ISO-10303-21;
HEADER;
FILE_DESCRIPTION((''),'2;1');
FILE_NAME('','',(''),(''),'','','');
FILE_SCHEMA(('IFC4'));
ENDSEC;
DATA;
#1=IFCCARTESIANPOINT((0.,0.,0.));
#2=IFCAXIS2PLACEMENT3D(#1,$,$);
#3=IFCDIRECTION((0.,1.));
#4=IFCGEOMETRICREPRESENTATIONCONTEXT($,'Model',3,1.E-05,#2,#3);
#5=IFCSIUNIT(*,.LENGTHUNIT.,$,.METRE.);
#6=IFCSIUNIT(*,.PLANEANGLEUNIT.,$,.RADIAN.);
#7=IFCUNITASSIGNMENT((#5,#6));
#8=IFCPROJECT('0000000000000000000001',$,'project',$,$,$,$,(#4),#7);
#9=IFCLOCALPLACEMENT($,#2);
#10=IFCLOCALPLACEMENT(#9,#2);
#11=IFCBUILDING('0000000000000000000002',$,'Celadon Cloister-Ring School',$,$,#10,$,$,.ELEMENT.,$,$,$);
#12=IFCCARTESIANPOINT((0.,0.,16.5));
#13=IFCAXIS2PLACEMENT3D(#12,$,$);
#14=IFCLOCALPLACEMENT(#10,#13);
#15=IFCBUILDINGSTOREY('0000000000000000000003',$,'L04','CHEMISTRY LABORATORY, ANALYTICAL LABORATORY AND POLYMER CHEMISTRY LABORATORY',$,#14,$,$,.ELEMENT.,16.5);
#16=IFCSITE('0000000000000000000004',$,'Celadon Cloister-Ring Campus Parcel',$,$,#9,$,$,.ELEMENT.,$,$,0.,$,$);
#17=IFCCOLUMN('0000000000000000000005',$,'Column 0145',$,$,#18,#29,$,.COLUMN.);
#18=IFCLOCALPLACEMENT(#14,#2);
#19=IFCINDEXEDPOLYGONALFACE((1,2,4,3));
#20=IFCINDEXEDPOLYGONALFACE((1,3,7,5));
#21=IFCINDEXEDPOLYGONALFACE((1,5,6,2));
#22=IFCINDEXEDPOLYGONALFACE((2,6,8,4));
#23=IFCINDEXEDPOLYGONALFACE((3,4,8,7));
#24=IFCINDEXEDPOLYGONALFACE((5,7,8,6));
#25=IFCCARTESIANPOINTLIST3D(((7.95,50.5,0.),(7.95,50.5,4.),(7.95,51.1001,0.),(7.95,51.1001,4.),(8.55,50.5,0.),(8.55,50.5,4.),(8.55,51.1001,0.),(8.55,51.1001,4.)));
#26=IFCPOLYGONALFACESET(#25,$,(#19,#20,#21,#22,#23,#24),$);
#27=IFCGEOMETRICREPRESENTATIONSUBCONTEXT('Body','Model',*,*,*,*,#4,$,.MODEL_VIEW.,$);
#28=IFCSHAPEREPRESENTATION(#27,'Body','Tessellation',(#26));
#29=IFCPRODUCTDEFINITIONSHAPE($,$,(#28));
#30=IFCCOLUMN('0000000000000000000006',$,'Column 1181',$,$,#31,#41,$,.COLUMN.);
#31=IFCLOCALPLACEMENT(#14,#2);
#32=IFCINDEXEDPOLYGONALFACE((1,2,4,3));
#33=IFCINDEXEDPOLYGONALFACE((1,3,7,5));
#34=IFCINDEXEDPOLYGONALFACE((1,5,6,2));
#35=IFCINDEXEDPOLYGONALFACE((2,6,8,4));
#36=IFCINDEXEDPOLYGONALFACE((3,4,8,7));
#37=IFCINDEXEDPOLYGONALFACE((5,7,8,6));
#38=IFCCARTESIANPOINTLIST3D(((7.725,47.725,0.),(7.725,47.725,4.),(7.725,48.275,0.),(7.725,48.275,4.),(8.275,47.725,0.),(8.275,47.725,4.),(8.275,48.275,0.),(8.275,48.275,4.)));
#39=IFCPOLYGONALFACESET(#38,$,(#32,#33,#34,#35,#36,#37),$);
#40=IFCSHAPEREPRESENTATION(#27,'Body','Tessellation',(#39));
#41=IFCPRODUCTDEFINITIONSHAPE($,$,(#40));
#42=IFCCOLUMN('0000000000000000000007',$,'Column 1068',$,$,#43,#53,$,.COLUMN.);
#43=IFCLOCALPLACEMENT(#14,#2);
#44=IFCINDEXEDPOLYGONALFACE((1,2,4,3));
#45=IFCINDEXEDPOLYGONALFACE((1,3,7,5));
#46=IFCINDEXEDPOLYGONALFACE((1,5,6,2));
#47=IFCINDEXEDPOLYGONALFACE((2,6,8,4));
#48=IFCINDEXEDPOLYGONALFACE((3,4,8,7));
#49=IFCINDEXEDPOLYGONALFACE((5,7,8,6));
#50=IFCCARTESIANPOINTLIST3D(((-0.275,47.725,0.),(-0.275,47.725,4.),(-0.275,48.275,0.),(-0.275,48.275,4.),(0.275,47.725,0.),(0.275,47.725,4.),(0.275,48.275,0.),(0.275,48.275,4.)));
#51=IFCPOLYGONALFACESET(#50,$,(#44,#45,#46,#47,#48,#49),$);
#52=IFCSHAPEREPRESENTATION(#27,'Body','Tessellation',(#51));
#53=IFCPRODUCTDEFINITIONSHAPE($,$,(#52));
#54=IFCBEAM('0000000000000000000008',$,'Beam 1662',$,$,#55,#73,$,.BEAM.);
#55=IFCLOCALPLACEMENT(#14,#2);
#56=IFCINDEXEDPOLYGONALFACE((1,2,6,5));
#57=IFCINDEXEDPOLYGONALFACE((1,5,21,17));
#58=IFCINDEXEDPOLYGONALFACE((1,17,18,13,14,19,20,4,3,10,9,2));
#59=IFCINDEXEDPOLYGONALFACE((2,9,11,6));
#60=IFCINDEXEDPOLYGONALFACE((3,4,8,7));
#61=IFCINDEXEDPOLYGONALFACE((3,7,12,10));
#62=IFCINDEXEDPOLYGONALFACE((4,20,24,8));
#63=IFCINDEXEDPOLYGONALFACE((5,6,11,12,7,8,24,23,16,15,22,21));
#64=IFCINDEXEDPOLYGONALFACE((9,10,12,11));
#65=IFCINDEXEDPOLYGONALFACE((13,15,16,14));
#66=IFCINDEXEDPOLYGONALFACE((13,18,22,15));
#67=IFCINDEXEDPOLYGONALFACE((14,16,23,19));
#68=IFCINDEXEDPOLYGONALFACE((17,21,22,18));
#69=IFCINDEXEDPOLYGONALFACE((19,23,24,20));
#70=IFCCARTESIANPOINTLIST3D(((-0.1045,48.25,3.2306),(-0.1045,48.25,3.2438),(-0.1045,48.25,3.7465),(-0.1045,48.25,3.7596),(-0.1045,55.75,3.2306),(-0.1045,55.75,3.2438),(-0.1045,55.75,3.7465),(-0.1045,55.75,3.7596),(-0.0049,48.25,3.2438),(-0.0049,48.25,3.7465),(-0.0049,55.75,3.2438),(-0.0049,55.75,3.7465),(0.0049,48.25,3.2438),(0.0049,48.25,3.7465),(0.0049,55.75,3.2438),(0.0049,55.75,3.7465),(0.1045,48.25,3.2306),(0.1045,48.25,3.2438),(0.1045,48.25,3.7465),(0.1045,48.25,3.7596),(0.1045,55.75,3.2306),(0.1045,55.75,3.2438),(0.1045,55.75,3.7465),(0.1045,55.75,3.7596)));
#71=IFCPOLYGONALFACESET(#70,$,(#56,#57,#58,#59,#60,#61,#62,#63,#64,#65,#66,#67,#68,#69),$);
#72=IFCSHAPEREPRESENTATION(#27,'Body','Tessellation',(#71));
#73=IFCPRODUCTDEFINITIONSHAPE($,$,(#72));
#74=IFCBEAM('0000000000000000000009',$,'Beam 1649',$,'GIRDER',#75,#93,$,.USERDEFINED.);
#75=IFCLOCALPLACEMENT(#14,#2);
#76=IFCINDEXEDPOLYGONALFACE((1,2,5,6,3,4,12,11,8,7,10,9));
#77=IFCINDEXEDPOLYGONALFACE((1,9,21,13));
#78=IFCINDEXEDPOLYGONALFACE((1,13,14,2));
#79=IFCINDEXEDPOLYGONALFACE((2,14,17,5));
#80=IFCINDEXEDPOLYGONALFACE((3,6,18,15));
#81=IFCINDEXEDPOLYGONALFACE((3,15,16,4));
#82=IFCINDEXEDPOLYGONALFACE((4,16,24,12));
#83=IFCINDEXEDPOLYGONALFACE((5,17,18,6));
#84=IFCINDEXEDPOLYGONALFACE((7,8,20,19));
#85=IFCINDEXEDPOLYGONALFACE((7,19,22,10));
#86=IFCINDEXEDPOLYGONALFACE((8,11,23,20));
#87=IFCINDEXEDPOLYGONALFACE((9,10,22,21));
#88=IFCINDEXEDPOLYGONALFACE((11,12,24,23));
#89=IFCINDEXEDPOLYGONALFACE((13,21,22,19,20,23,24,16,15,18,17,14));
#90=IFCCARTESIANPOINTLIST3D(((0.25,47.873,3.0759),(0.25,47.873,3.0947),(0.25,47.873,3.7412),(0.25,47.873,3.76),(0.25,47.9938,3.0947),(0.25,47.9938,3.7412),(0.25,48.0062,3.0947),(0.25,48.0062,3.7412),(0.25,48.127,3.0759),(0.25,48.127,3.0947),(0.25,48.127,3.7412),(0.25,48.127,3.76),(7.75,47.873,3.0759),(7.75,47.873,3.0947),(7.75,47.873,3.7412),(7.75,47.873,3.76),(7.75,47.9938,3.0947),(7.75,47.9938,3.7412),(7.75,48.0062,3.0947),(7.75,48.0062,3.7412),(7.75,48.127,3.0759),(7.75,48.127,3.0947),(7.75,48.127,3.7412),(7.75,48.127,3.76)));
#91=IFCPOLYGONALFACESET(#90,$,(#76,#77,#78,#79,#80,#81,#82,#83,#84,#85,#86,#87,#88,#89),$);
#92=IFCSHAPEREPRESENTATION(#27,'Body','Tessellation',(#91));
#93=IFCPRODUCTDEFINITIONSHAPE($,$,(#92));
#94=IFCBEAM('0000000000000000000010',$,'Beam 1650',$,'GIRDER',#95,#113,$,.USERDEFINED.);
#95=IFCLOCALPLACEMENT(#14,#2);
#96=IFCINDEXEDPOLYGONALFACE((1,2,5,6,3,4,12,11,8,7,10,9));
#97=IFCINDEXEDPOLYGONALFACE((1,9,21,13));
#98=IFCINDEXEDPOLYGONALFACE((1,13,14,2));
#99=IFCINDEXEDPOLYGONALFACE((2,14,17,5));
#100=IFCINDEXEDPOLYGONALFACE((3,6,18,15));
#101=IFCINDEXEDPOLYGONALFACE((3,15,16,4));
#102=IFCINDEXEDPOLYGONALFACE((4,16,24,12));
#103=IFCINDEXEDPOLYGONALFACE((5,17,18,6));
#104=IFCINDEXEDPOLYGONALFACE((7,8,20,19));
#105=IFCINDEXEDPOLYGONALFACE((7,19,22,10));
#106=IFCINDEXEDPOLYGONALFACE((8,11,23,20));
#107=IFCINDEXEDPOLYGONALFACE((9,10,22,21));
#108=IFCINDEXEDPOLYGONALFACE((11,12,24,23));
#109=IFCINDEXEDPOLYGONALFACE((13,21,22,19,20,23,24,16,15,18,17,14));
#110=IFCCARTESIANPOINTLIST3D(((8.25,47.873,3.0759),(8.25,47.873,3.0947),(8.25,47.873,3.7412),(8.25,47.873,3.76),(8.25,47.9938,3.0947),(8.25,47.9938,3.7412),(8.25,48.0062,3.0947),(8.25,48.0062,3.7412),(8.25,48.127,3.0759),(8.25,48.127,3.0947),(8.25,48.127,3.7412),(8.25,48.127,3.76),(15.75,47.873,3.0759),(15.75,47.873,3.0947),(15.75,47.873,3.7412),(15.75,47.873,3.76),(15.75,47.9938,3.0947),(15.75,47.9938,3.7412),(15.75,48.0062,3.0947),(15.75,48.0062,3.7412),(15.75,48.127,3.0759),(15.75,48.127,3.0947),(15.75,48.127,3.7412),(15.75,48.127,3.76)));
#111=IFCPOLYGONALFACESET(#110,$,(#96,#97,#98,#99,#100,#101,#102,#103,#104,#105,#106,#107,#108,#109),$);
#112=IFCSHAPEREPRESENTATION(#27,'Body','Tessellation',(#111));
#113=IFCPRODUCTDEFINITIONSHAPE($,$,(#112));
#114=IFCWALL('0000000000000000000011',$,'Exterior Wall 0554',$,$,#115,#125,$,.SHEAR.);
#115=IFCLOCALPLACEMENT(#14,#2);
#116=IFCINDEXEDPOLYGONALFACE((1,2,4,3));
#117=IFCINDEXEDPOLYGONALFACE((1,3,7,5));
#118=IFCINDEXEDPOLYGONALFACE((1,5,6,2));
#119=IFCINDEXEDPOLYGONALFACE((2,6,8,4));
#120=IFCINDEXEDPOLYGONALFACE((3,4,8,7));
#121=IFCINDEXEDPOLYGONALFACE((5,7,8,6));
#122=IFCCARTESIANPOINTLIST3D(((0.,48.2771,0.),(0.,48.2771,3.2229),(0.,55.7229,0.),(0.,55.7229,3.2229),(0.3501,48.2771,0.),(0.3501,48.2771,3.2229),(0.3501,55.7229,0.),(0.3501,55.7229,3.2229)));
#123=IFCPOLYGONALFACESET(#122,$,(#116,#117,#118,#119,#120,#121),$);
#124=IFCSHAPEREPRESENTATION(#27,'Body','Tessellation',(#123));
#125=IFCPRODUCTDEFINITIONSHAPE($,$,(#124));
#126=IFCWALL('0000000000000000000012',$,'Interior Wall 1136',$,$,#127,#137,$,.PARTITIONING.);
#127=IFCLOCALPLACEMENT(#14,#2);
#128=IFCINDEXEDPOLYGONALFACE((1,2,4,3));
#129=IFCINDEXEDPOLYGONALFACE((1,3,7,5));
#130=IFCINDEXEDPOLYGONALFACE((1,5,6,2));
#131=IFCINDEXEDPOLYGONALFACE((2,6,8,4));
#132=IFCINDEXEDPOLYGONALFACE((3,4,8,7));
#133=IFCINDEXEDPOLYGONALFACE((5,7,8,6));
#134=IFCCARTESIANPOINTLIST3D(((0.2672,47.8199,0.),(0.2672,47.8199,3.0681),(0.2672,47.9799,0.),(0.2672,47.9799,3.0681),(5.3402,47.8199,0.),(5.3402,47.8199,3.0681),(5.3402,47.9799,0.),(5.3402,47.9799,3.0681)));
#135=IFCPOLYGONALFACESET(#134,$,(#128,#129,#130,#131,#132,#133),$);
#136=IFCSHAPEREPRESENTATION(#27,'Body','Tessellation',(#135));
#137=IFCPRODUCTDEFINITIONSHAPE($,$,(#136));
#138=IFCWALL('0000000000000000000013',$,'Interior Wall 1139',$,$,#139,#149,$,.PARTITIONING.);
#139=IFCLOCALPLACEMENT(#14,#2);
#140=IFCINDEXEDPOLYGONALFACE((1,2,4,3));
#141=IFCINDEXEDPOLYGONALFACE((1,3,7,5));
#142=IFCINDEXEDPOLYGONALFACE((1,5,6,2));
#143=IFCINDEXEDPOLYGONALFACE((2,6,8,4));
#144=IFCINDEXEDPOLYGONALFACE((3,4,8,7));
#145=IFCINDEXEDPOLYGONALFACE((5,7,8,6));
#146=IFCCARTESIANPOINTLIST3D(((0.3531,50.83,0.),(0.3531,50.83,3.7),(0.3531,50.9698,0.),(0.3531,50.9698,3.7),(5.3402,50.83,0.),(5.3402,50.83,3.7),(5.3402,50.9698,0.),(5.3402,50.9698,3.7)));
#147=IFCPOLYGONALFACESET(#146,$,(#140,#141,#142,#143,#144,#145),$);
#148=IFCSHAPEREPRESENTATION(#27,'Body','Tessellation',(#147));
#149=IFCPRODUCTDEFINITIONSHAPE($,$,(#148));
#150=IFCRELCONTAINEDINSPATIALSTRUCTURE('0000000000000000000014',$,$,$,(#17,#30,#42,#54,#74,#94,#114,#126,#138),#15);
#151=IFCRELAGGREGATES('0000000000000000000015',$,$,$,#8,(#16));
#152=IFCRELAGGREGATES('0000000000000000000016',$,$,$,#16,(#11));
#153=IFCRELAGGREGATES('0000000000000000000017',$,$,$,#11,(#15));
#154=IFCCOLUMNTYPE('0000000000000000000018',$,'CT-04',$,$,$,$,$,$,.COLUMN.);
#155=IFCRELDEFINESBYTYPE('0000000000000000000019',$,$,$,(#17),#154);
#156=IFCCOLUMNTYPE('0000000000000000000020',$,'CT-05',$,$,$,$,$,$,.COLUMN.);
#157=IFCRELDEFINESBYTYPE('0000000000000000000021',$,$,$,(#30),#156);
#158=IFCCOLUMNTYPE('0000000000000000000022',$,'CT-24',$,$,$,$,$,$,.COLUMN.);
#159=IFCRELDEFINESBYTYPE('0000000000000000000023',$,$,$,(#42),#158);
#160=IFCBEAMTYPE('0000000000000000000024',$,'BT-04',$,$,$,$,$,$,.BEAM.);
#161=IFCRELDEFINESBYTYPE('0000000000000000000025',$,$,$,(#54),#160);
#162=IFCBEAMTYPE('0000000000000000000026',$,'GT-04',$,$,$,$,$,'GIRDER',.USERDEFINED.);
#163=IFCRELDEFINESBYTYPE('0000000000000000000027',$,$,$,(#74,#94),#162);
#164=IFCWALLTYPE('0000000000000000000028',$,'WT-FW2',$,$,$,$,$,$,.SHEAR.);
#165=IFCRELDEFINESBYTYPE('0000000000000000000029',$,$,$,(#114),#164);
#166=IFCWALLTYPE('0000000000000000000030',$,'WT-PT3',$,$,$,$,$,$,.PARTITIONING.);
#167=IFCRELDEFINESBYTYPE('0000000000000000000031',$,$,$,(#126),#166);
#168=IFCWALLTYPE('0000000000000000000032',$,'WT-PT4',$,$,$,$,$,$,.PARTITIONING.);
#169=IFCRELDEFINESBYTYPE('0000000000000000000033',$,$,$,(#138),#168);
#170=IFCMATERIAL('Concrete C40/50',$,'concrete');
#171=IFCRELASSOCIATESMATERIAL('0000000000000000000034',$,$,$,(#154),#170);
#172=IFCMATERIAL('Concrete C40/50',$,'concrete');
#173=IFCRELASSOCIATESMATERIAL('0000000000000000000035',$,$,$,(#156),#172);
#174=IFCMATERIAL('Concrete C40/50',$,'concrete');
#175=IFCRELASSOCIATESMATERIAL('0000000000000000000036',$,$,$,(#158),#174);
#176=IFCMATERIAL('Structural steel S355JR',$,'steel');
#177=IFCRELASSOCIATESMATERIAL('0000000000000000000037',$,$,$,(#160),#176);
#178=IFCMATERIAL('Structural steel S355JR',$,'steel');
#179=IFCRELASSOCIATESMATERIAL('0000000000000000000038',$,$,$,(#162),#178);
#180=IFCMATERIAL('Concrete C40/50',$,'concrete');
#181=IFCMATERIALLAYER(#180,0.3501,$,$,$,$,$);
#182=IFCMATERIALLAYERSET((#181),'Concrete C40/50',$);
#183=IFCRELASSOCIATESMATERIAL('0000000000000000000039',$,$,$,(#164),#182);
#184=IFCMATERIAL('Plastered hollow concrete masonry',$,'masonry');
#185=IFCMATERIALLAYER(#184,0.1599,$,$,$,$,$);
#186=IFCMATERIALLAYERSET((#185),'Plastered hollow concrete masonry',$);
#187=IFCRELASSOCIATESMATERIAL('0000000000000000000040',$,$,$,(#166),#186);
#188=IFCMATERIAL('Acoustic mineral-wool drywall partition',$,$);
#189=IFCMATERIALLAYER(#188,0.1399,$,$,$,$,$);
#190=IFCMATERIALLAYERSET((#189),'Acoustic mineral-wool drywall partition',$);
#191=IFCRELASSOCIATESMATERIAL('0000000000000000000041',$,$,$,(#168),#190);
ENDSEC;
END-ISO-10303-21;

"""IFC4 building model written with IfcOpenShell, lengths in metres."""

from ifc_helpers import new_model, si_unit, direction, frame, frame_2d, origin, origin_2d, place, context, subcontext, project, spatial, rectangle, i_section, extrude, material, layer, layer_set, material_profile, profile_set, type_object, element, save


model = new_model("IFC4")

# Units and contexts
model_context = context("Model", 3, precision=1e-05, world=origin(), true_north=direction((0.0, 1.0)))
body_context = subcontext(model_context, "Body", "Model", "MODEL_VIEW")
ifc_project = project(units=[si_unit("LENGTHUNIT", "METRE"), si_unit("PLANEANGLEUNIT", "RADIAN")], contexts=[model_context])

# Site, building, storey
site_placement = place(None, origin())
site = spatial("IfcSite", under=ifc_project, at=site_placement, Name="Celadon Cloister-Ring Campus Parcel", CompositionType="ELEMENT", RefElevation=0.0)
building_placement = place(site_placement, origin())
building = spatial("IfcBuilding", under=site, at=building_placement, Name="Celadon Cloister-Ring School", CompositionType="ELEMENT")
storey_placement = place(building_placement, frame((0.0, 0.0, 16.5)))
storey = spatial("IfcBuildingStorey", under=building, at=storey_placement, Name="L04", Description="CHEMISTRY LABORATORY, ANALYTICAL LABORATORY AND POLYMER CHEMISTRY LABORATORY", CompositionType="ELEMENT", Elevation=16.5)

# Columns
ifc_material_1 = material(Name="Concrete C40/50", Category="concrete")
ifc_material_profile_1 = material_profile(ifc_material_1, rectangle(XDim=0.6001, YDim=0.6001, at=origin_2d()), Name="RC600X600")
ifc_profile_set_1 = profile_set([ifc_material_profile_1], Name="Concrete C40/50")
column_type_1 = type_object("IfcColumnType", Name="CT-04", PredefinedType="COLUMN", material=ifc_profile_set_1)
column_1_placement = place(storey_placement, frame((8.25, 50.8, 0.0), z_axis=(0.0, 0.0, 1.0), x_axis=(1.0, 0.0, 0.0)))
element("IfcColumn", 1, at=column_1_placement, inside=storey, type_object=column_type_1, Name="Column 0145", PredefinedType="COLUMN", context=body_context, shape_type="SweptSolid", body=[
    extrude(rectangle(XDim=0.6001, YDim=0.6001, at=origin_2d()), origin(), (0.0, 0.0, 1.0), 4.0),
])
ifc_material_2 = material(Name="Concrete C40/50", Category="concrete")
ifc_material_profile_2 = material_profile(ifc_material_2, rectangle(XDim=0.55, YDim=0.55, at=origin_2d()), Name="RC550X550")
ifc_profile_set_2 = profile_set([ifc_material_profile_2], Name="Concrete C40/50")
column_type_2 = type_object("IfcColumnType", Name="CT-05", PredefinedType="COLUMN", material=ifc_profile_set_2)
column_2_placement = place(storey_placement, frame((8.0, 48.0, 0.0), z_axis=(0.0, 0.0, 1.0), x_axis=(1.0, 0.0, 0.0)))
element("IfcColumn", 2, at=column_2_placement, inside=storey, type_object=column_type_2, Name="Column 1181", PredefinedType="COLUMN", context=body_context, shape_type="SweptSolid", body=[
    extrude(rectangle(XDim=0.55, YDim=0.55, at=origin_2d()), origin(), (0.0, 0.0, 1.0), 4.0),
])
ifc_material_3 = material(Name="Concrete C40/50", Category="concrete")
ifc_material_profile_3 = material_profile(ifc_material_3, rectangle(XDim=0.55, YDim=0.55, at=origin_2d()), Name="RC550X550")
ifc_profile_set_3 = profile_set([ifc_material_profile_3], Name="Concrete C40/50")
column_type_3 = type_object("IfcColumnType", Name="CT-24", PredefinedType="COLUMN", material=ifc_profile_set_3)
column_3_placement = place(storey_placement, frame((0.0, 48.0, 0.0), z_axis=(0.0, 0.0, 1.0), x_axis=(1.0, 0.0, 0.0)))
element("IfcColumn", 3, at=column_3_placement, inside=storey, type_object=column_type_3, Name="Column 1068", PredefinedType="COLUMN", context=body_context, shape_type="SweptSolid", body=[
    extrude(rectangle(XDim=0.55, YDim=0.55, at=origin_2d()), origin(), (0.0, 0.0, 1.0), 4.0),
])

# Beams
ifc_material_4 = material(Name="Structural steel S355JR", Category="steel")
ifc_material_profile_4 = material_profile(ifc_material_4, i_section(OverallWidth=0.209, OverallDepth=0.5291, WebThickness=0.0098, FlangeThickness=0.0132, at=origin_2d()), Name="W530X74")
ifc_profile_set_4 = profile_set([ifc_material_profile_4], Name="Structural steel S355JR")
beam_type_1 = type_object("IfcBeamType", Name="BT-04", PredefinedType="BEAM", material=ifc_profile_set_4)
beam_placement = place(storey_placement, frame((0.0, 48.25, 3.4951), z_axis=(0.0, 1.0, 0.0), x_axis=(-1.0, 0.0, 0.0)))
element("IfcBeam", 4, at=beam_placement, inside=storey, type_object=beam_type_1, Name="Beam 1662", PredefinedType="BEAM", context=body_context, shape_type="SweptSolid", body=[
    extrude(i_section(OverallWidth=0.209, OverallDepth=0.5291, WebThickness=0.0098, FlangeThickness=0.0132, at=origin_2d()), origin(), (0.0, 0.0, 1.0), 7.5),
])
ifc_material_5 = material(Name="Structural steel S355JR", Category="steel")
ifc_material_profile_5 = material_profile(ifc_material_5, i_section(OverallWidth=0.2539, OverallDepth=0.6841, WebThickness=0.0125, FlangeThickness=0.0188, at=origin_2d()), Name="W690X140")
ifc_profile_set_5 = profile_set([ifc_material_profile_5], Name="Structural steel S355JR")
beam_type_2 = type_object("IfcBeamType", Name="GT-04", ElementType="GIRDER", PredefinedType="USERDEFINED", material=ifc_profile_set_5)
for number, where, z_axis, x_axis, name in (
    (5, (0.25, 48.0, 3.418), (1.0, 0.0, 0.0), (0.0, 1.0, 0.0), "Beam 1649"),
    (6, (8.25, 48.0, 3.418), (1.0, 0.0, 0.0), (0.0, 1.0, 0.0), "Beam 1650"),
):
    element("IfcBeam", number, at=place(storey_placement, frame(where, z_axis=z_axis, x_axis=x_axis)), inside=storey, type_object=beam_type_2, Name=name, ObjectType="GIRDER", PredefinedType="USERDEFINED", context=body_context, shape_type="SweptSolid", body=[
        extrude(i_section(OverallWidth=0.2539, OverallDepth=0.6841, WebThickness=0.0125, FlangeThickness=0.0188, at=origin_2d()), origin(), (0.0, 0.0, 1.0), 7.5),
    ])

# Walls
ifc_material_6 = material(Name="Concrete C40/50", Category="concrete")
ifc_layer_1 = layer(ifc_material_6, 0.3501)
ifc_layer_set_1 = layer_set([ifc_layer_1], Name="Concrete C40/50")
wall_type_1 = type_object("IfcWallType", Name="WT-FW2", PredefinedType="SHEAR", material=ifc_layer_set_1)
wall_1_placement = place(storey_placement, frame((0.175, 48.2771, 0.0), z_axis=(0.0, 0.0, 1.0), x_axis=(0.0, 1.0, 0.0)))
element("IfcWall", 7, at=wall_1_placement, inside=storey, type_object=wall_type_1, Name="Exterior Wall 0554", PredefinedType="SHEAR", context=body_context, shape_type="SweptSolid", body=[
    extrude(rectangle(XDim=7.4458, YDim=0.3501, at=frame_2d((3.7229, 0.0))), origin(), (0.0, 0.0, 1.0), 3.2229),
])
ifc_material_7 = material(Name="Plastered hollow concrete masonry", Category="masonry")
ifc_layer_2 = layer(ifc_material_7, 0.1599)
ifc_layer_set_2 = layer_set([ifc_layer_2], Name="Plastered hollow concrete masonry")
wall_type_2 = type_object("IfcWallType", Name="WT-PT3", PredefinedType="PARTITIONING", material=ifc_layer_set_2)
wall_2_placement = place(storey_placement, frame((0.2671, 47.8999, 0.0), z_axis=(0.0, 0.0, 1.0), x_axis=(1.0, 0.0, 0.0)))
element("IfcWall", 8, at=wall_2_placement, inside=storey, type_object=wall_type_2, Name="Interior Wall 1136", PredefinedType="PARTITIONING", context=body_context, shape_type="SweptSolid", body=[
    extrude(rectangle(XDim=5.073, YDim=0.1599, at=frame_2d((2.5366, 0.0))), origin(), (0.0, 0.0, 1.0), 3.0681),
])
ifc_material_8 = material(Name="Acoustic mineral-wool drywall partition")
ifc_layer_3 = layer(ifc_material_8, 0.1399)
ifc_layer_set_3 = layer_set([ifc_layer_3], Name="Acoustic mineral-wool drywall partition")
wall_type_3 = type_object("IfcWallType", Name="WT-PT4", PredefinedType="PARTITIONING", material=ifc_layer_set_3)
wall_3_placement = place(storey_placement, frame((0.353, 50.8999, 0.0), z_axis=(0.0, 0.0, 1.0), x_axis=(1.0, 0.0, 0.0)))
element("IfcWall", 9, at=wall_3_placement, inside=storey, type_object=wall_type_3, Name="Interior Wall 1139", PredefinedType="PARTITIONING", context=body_context, shape_type="SweptSolid", body=[
    extrude(rectangle(XDim=4.9871, YDim=0.1399, at=frame_2d((2.4937, 0.0))), origin(), (0.0, 0.0, 1.0), 3.7),
])

save(model, "model.ifc")
